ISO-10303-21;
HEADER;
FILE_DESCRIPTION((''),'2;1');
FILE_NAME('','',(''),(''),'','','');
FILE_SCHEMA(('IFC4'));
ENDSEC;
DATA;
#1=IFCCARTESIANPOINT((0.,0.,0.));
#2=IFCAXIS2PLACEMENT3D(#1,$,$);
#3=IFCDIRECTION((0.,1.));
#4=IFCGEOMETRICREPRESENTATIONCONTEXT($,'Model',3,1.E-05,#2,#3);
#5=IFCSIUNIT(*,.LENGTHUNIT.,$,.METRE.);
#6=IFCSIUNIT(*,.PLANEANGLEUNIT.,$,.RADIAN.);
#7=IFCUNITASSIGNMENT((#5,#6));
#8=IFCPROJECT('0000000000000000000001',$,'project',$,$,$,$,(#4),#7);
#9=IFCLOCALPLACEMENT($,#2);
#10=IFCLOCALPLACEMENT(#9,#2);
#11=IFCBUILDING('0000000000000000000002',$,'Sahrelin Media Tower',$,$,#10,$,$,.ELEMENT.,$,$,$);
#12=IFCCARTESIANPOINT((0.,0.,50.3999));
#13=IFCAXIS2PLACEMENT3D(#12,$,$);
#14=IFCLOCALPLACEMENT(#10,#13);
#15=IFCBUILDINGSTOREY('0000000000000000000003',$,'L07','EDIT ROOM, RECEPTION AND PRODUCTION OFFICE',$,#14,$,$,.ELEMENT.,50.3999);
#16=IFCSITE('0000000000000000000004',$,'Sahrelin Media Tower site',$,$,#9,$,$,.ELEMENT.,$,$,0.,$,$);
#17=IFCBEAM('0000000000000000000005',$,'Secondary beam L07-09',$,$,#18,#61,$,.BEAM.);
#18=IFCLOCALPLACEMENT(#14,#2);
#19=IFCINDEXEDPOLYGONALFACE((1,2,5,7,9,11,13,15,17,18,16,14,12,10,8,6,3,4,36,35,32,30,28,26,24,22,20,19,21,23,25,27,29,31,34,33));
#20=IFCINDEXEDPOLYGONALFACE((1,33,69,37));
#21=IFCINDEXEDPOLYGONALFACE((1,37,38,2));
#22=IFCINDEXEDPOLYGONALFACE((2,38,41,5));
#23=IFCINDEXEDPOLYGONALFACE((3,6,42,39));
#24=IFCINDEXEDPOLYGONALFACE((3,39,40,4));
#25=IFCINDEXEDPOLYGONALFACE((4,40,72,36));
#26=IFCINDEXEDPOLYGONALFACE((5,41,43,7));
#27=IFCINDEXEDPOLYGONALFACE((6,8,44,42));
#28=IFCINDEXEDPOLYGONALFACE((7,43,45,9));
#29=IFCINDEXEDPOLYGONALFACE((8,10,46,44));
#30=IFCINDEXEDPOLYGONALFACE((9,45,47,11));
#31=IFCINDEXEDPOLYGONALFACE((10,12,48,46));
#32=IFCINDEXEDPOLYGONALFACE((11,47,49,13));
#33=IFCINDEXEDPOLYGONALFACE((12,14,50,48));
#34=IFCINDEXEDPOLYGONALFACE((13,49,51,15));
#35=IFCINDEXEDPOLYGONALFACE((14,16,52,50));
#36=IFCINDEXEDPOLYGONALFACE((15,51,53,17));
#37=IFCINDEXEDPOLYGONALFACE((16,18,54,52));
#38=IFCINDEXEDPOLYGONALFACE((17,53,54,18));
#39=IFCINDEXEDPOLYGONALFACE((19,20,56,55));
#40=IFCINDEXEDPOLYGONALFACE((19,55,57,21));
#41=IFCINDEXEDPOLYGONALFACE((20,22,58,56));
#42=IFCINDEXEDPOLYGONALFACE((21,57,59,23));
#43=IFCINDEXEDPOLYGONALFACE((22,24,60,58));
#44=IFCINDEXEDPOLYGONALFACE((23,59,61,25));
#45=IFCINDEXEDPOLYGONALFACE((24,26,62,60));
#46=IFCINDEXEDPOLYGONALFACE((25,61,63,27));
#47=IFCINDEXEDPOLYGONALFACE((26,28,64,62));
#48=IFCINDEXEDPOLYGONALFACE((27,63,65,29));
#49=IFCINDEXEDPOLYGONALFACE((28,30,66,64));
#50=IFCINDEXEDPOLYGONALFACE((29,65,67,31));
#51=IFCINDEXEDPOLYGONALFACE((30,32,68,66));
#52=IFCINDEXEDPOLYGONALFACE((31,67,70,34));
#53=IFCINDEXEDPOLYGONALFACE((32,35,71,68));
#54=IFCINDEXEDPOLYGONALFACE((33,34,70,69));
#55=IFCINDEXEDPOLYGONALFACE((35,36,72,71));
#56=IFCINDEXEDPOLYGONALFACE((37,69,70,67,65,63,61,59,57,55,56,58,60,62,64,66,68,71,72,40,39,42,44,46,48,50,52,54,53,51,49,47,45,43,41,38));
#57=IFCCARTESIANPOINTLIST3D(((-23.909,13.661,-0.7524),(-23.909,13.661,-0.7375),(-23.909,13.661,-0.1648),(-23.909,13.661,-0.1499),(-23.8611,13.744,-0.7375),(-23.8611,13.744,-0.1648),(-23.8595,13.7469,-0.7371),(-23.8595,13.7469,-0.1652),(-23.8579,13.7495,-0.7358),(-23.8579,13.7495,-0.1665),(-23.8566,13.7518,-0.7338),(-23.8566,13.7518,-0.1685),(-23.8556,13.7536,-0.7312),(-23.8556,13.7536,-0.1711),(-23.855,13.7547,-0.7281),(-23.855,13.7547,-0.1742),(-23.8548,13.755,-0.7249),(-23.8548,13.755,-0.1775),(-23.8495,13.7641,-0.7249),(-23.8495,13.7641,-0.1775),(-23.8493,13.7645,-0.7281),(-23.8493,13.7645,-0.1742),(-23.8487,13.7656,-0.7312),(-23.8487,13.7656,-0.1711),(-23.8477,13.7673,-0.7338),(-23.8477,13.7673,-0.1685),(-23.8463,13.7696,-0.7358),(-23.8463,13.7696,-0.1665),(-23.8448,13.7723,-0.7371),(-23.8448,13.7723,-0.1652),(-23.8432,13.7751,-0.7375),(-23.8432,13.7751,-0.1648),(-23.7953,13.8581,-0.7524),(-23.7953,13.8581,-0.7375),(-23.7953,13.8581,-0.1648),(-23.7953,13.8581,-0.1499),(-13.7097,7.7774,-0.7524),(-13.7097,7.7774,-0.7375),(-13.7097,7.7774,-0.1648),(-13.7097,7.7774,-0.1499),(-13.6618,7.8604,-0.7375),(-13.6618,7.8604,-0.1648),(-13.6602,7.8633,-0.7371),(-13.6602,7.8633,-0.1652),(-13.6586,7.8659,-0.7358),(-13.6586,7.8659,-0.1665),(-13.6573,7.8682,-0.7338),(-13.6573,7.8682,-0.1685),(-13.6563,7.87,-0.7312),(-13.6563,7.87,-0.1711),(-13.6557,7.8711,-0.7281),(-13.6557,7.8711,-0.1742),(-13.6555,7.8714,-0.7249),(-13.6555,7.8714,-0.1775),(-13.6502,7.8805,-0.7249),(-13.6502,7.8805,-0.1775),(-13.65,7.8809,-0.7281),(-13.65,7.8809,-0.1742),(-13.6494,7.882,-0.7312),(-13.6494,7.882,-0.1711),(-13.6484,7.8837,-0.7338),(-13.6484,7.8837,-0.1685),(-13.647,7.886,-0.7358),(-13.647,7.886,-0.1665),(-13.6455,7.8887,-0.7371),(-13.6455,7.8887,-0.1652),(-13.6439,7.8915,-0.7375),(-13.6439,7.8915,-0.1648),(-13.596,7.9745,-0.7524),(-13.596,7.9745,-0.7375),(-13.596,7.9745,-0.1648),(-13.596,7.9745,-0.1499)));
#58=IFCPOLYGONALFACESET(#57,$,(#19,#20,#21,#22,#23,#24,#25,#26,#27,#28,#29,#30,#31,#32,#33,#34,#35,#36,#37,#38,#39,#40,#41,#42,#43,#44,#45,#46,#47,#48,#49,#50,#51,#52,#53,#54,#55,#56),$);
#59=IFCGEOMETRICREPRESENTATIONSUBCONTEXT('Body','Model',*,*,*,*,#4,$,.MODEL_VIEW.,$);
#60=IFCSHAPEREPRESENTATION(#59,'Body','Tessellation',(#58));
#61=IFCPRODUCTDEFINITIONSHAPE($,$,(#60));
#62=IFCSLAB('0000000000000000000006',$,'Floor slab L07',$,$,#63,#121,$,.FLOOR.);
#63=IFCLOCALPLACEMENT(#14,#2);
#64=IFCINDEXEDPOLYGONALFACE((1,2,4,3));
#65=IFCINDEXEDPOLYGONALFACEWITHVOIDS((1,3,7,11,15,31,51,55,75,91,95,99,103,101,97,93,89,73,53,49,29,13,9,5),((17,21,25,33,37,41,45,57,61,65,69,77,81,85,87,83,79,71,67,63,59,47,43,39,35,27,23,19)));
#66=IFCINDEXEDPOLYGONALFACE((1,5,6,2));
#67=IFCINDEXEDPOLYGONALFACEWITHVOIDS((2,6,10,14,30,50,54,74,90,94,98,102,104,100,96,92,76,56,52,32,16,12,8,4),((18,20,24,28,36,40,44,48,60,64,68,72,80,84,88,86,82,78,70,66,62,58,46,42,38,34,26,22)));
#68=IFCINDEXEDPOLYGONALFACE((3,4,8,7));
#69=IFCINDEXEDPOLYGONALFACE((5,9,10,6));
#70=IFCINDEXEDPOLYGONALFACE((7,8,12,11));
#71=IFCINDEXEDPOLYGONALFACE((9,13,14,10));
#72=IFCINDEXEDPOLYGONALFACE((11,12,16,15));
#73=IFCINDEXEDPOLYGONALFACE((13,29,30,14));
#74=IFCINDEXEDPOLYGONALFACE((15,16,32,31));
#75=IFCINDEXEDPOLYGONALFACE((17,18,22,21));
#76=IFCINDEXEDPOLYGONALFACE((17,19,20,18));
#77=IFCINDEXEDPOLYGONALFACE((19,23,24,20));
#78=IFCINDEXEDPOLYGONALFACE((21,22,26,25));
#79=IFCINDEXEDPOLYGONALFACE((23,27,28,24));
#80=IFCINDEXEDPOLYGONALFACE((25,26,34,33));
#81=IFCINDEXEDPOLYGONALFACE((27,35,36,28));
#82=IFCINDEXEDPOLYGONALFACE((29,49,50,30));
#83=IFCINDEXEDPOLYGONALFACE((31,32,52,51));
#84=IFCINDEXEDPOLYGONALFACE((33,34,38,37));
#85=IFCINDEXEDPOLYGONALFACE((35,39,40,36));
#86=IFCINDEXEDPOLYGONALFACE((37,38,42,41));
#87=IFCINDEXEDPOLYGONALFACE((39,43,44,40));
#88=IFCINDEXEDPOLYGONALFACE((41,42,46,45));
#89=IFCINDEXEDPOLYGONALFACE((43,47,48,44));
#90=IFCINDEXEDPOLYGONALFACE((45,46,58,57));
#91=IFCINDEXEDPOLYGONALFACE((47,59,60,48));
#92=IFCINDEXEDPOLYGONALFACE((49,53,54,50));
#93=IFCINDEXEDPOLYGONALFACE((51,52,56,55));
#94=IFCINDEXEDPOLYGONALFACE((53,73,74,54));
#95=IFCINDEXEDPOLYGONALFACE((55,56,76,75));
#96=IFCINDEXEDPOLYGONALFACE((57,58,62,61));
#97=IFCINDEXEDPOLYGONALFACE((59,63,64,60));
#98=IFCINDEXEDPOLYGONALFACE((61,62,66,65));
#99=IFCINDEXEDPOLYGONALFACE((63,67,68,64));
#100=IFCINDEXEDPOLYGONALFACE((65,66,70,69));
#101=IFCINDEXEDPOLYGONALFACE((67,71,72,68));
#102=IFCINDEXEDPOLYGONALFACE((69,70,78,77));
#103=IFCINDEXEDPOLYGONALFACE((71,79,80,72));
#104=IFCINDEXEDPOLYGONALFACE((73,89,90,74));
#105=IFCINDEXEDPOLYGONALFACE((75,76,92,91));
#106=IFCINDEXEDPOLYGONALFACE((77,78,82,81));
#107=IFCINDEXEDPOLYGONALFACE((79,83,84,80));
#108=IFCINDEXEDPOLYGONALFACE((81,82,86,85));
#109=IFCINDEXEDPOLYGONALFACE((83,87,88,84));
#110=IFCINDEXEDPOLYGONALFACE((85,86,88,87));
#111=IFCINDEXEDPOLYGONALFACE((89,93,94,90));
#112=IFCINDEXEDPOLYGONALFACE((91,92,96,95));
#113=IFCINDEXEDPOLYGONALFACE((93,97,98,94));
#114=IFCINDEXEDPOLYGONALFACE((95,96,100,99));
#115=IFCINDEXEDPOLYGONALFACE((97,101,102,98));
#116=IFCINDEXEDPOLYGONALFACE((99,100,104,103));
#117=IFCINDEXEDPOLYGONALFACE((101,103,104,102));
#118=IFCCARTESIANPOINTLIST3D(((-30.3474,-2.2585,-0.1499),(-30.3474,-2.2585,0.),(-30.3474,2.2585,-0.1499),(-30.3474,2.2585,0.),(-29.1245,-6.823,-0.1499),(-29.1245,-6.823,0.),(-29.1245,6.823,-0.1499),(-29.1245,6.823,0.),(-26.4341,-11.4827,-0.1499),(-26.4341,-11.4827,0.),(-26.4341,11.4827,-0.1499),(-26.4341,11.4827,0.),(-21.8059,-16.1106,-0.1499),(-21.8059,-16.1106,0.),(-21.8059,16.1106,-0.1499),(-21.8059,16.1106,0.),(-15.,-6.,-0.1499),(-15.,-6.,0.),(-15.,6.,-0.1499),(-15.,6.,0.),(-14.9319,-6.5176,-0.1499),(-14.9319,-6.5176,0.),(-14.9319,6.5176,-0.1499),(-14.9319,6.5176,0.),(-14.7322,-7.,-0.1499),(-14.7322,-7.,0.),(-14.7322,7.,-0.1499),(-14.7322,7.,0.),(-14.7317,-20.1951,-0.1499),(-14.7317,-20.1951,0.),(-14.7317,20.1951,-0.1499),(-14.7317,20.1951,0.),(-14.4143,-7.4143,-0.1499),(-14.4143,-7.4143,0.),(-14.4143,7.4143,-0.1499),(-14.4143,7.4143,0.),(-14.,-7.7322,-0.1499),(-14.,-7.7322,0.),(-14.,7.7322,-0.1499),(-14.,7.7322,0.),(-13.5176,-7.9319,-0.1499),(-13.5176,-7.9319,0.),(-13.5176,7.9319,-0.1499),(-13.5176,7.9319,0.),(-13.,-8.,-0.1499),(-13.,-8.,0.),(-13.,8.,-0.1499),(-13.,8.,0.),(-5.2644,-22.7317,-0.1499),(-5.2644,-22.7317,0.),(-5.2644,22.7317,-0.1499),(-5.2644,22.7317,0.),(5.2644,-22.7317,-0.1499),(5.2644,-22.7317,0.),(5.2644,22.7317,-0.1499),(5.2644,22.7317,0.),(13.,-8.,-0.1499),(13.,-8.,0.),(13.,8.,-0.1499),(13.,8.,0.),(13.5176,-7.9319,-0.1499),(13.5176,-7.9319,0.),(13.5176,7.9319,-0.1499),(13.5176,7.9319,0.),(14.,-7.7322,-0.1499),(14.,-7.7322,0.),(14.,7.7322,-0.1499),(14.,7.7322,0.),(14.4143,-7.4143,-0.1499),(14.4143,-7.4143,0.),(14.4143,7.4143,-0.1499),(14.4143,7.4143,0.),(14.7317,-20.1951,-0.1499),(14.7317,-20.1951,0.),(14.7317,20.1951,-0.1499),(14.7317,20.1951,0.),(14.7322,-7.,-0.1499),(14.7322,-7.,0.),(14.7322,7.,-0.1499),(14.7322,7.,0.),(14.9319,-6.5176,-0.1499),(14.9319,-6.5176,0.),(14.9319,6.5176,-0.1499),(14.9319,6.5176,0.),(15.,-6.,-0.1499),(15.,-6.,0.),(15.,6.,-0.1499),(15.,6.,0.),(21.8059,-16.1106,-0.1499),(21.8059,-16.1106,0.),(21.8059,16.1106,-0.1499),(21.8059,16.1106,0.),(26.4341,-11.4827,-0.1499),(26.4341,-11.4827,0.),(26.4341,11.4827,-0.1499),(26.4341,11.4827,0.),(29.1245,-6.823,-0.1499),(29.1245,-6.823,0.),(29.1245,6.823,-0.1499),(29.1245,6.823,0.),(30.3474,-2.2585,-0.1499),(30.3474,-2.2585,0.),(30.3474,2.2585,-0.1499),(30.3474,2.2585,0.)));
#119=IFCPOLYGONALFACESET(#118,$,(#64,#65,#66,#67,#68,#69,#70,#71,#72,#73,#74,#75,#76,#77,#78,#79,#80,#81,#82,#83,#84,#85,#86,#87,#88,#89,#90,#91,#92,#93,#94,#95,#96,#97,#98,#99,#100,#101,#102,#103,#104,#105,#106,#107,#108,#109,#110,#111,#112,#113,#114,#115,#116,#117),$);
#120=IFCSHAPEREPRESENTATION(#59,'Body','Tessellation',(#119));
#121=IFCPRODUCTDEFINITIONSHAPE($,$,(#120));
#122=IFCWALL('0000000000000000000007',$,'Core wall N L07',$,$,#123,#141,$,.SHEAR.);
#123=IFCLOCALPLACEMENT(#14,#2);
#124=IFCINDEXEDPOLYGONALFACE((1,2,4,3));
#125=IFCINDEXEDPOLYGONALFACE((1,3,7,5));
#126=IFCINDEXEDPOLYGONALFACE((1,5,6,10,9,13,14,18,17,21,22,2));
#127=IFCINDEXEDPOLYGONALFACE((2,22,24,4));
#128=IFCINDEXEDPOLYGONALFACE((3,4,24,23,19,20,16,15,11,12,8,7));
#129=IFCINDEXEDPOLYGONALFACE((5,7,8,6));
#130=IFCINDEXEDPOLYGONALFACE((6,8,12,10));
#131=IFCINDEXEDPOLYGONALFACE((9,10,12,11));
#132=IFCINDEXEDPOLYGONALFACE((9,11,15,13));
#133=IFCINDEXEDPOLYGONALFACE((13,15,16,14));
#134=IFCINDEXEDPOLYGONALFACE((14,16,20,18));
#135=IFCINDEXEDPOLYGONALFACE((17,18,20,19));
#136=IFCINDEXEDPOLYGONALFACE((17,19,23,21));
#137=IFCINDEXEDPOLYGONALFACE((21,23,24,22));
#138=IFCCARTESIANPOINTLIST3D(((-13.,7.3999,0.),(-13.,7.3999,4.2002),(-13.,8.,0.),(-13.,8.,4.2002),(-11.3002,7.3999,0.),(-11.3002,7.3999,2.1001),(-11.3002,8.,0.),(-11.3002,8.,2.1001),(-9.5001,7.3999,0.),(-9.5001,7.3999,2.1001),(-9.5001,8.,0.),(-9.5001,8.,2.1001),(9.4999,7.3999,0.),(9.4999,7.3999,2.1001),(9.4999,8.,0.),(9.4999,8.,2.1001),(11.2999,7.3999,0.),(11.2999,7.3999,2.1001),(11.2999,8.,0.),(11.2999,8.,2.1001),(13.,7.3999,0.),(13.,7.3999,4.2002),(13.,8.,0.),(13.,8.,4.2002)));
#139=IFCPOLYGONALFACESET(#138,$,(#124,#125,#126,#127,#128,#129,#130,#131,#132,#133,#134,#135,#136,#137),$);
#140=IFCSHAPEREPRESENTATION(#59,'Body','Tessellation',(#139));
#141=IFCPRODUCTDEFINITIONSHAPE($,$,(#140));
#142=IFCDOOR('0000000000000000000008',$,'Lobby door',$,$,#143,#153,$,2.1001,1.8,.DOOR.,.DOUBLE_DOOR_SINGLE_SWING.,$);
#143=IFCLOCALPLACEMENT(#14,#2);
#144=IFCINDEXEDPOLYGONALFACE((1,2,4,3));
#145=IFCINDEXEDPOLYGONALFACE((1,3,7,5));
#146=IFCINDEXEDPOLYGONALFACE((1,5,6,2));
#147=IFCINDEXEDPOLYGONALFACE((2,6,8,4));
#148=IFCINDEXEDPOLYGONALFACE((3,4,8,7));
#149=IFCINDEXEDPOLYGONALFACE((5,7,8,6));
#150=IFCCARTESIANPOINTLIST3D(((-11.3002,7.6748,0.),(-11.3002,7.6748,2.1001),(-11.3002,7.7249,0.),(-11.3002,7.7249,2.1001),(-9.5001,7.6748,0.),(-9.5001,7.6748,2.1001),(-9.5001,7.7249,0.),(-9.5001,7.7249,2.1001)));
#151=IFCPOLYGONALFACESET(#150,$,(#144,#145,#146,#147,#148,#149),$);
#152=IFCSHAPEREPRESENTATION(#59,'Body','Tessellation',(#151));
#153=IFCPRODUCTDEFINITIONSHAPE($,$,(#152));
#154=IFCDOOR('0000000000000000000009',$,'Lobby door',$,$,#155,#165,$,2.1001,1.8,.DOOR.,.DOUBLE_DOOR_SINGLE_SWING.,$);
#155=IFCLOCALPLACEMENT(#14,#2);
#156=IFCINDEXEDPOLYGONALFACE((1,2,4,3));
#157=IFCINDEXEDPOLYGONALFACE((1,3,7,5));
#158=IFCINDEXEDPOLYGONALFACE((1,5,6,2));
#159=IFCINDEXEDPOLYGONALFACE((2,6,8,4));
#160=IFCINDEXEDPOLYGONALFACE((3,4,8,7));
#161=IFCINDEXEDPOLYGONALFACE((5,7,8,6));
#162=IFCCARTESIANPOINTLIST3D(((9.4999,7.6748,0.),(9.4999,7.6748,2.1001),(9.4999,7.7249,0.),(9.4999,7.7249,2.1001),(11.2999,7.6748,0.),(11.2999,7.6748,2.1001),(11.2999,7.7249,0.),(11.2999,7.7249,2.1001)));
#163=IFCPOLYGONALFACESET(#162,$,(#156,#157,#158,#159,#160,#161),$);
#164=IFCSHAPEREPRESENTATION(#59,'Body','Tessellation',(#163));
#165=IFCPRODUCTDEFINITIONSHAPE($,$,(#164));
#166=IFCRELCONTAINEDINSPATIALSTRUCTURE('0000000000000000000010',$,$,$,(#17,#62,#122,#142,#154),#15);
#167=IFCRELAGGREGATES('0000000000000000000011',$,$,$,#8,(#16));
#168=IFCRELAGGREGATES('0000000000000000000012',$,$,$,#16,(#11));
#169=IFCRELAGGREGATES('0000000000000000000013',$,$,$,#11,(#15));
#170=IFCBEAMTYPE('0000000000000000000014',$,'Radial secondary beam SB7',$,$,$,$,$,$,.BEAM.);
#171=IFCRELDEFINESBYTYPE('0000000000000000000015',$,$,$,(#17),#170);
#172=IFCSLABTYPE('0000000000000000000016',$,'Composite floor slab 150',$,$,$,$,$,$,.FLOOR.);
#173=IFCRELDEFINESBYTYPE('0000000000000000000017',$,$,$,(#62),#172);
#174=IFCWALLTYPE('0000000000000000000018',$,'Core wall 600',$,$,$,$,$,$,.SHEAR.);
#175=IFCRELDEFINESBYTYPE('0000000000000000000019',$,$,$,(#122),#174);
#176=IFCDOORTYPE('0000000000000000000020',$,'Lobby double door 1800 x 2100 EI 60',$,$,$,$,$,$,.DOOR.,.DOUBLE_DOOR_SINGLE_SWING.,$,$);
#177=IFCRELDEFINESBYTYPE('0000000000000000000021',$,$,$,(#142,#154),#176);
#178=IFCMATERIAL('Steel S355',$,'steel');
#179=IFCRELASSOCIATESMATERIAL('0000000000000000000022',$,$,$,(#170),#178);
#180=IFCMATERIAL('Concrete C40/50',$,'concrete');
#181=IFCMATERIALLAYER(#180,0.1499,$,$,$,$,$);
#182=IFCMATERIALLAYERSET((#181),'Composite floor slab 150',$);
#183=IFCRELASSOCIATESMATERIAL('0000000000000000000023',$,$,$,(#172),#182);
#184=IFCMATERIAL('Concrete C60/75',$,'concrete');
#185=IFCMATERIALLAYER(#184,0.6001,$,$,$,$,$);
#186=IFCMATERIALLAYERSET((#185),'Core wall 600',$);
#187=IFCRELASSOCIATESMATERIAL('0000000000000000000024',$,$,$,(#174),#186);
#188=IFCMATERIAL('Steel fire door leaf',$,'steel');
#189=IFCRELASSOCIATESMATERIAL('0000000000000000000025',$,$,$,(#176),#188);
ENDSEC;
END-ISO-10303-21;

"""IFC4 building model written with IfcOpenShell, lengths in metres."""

from ifc_helpers import new_model, si_unit, direction, frame, frame_2d, origin, origin_2d, place, context, subcontext, project, spatial, polyline, rectangle, i_section, outline, extrude, material, layer, layer_set, material_profile, profile_set, type_object, element, fill, save


model = new_model("IFC4")

# Units and contexts
model_context = context("Model", 3, precision=1e-05, world=origin(), true_north=direction((0.0, 1.0)))
body_context = subcontext(model_context, "Body", "Model", "MODEL_VIEW")
ifc_project = project(units=[si_unit("LENGTHUNIT", "METRE"), si_unit("PLANEANGLEUNIT", "RADIAN")], contexts=[model_context])

# Site, building, storey
site_placement = place(None, origin())
site = spatial("IfcSite", under=ifc_project, at=site_placement, Name="Sahrelin Media Tower site", CompositionType="ELEMENT", RefElevation=0.0)
building_placement = place(site_placement, origin())
building = spatial("IfcBuilding", under=site, at=building_placement, Name="Sahrelin Media Tower", CompositionType="ELEMENT")
storey_placement = place(building_placement, frame((0.0, 0.0, 50.3999)))
storey = spatial("IfcBuildingStorey", under=building, at=storey_placement, Name="L07", Description="EDIT ROOM, RECEPTION AND PRODUCTION OFFICE", CompositionType="ELEMENT", Elevation=50.3999)

# Beam
ifc_material_1 = material(Name="Steel S355", Category="steel")
ifc_material_profile = material_profile(ifc_material_1, i_section(OverallWidth=0.2275, OverallDepth=0.6025, WebThickness=0.0105, FlangeThickness=0.0149, FilletRadius=0.0127, at=origin_2d()), Name="UB 610x229x101")
ifc_profile_set = profile_set([ifc_material_profile], Name="Steel S355")
beam_type = type_object("IfcBeamType", Name="Radial secondary beam SB7", PredefinedType="BEAM", material=ifc_profile_set)
beam_placement = place(storey_placement, frame((-13.6528, 7.876, -0.4512), z_axis=(-0.866208, 0.499683, 0.0), x_axis=(-0.499683, -0.866208, 0.0)))
element("IfcBeam", 1, at=beam_placement, inside=storey, type_object=beam_type, Name="Secondary beam L07-09", PredefinedType="BEAM", context=body_context, shape_type="SweptSolid", body=[
    extrude(i_section(OverallWidth=0.2275, OverallDepth=0.6025, WebThickness=0.0105, FlangeThickness=0.0149, FilletRadius=0.0127, at=origin_2d()), origin(), (0.0, 0.0, 1.0), 11.7747),
])

# Slab
ifc_material_2 = material(Name="Concrete C40/50", Category="concrete")
ifc_layer_1 = layer(ifc_material_2, 0.1499)
ifc_layer_set_1 = layer_set([ifc_layer_1], Name="Composite floor slab 150")
slab_type = type_object("IfcSlabType", Name="Composite floor slab 150", PredefinedType="FLOOR", material=ifc_layer_set_1)
slab_placement = place(storey_placement, frame((0.0, 0.0, -0.1499)))
element("IfcSlab", 2, at=slab_placement, inside=storey, type_object=slab_type, Name="Floor slab L07", PredefinedType="FLOOR", context=body_context, shape_type="SweptSolid", body=[
    extrude(outline(polyline([(30.3474, -2.2585), (30.3474, 2.2585), (29.1245, 6.823), (26.4341, 11.4827), (21.8059, 16.1106), (14.7317, 20.1951), (5.2644, 22.7317), (-5.2644, 22.7317), (-14.7317, 20.1951), (-21.8059, 16.1106), (-26.4341, 11.4827), (-29.1245, 6.823), (-30.3474, 2.2585), (-30.3474, -2.2585), (-29.1245, -6.823), (-26.4341, -11.4827), (-21.8059, -16.1106), (-14.7317, -20.1951), (-5.2644, -22.7317), (5.2644, -22.7317), (14.7317, -20.1951), (21.8059, -16.1106), (26.4341, -11.4827), (29.1245, -6.823), (30.3474, -2.2585)]), holes=[polyline([(14.9319, 6.5176), (15.0, 6.0), (15.0, -6.0), (14.9319, -6.5176), (14.7322, -7.0), (14.4143, -7.4143), (14.0, -7.7322), (13.5176, -7.9319), (13.0, -8.0), (-13.0, -8.0), (-13.5176, -7.9319), (-14.0, -7.7322), (-14.4143, -7.4143), (-14.7322, -7.0), (-14.9319, -6.5176), (-15.0, -6.0), (-15.0, 6.0), (-14.9319, 6.5176), (-14.7322, 7.0), (-14.4143, 7.4143), (-14.0, 7.7322), (-13.5176, 7.9319), (-13.0, 8.0), (13.0, 8.0), (13.5176, 7.9319), (14.0, 7.7322), (14.4143, 7.4143), (14.7322, 7.0), (14.9319, 6.5176)])]), origin(), (0.0, 0.0, 1.0), 0.1499),
])

# Wall, openings, doors
ifc_material_3 = material(Name="Concrete C60/75", Category="concrete")
ifc_layer_2 = layer(ifc_material_3, 0.6001)
ifc_layer_set_2 = layer_set([ifc_layer_2], Name="Core wall 600")
wall_type_1 = type_object("IfcWallType", Name="Core wall 600", PredefinedType="SHEAR", material=ifc_layer_set_2)
wall_1_placement = place(storey_placement, frame((-13.0, 7.7, 0.0), z_axis=(0.0, 0.0, 1.0), x_axis=(1.0, 0.0, 0.0)))
wall_1 = element("IfcWall", 3, at=wall_1_placement, inside=storey, type_object=wall_type_1, Name="Core wall N L07", PredefinedType="SHEAR", context=body_context, shape_type="SweptSolid", body=[
    extrude(rectangle(XDim=26.0, YDim=0.6001, at=frame_2d((13.0, 0.0))), origin(), (0.0, 0.0, 1.0), 4.2002),
])
opening_1_placement = place(wall_1_placement, frame((1.7, 0.0, 0.0)))
opening_1 = element("IfcOpeningElement", 4, at=opening_1_placement, cuts=wall_1, PredefinedType="OPENING", context=body_context, shape_type="SweptSolid", body=[
    extrude(rectangle(XDim=1.8, YDim=2.1001, at=frame_2d((0.8999, 1.05))), frame((0.0, 0.3, 0.0), z_axis=(0.0, -1.0, 0.0), x_axis=(1.0, 0.0, 0.0)), (0.0, 0.0, 1.0), 0.6001),
])
opening_2_placement = place(wall_1_placement, frame((22.5, 0.0, 0.0)))
opening_2 = element("IfcOpeningElement", 5, at=opening_2_placement, cuts=wall_1, PredefinedType="OPENING", context=body_context, shape_type="SweptSolid", body=[
    extrude(rectangle(XDim=1.8, YDim=2.1001, at=frame_2d((0.8999, 1.05))), frame((0.0, 0.3, 0.0), z_axis=(0.0, -1.0, 0.0), x_axis=(1.0, 0.0, 0.0)), (0.0, 0.0, 1.0), 0.6001),
])
ifc_material_4 = material(Name="Steel fire door leaf", Category="steel")
door_type_1 = type_object("IfcDoorType", Name="Lobby double door 1800 x 2100 EI 60", OperationType="DOUBLE_DOOR_SINGLE_SWING", PredefinedType="DOOR", material=ifc_material_4)
door_1_placement = place(opening_1_placement, origin())
door_1 = element("IfcDoor", 6, at=door_1_placement, inside=storey, type_object=door_type_1, Name="Lobby door", OperationType="DOUBLE_DOOR_SINGLE_SWING", OverallHeight=2.1001, OverallWidth=1.8, PredefinedType="DOOR", context=body_context, shape_type="SweptSolid", body=[
    extrude(rectangle(XDim=1.8, YDim=2.1001, at=frame_2d((0.8999, 1.05))), frame((0.0, 0.0249, 0.0), z_axis=(0.0, -1.0, 0.0), x_axis=(1.0, 0.0, 0.0)), (0.0, 0.0, 1.0), 0.05),
])
fill(opening_1, door_1)
door_2_placement = place(opening_2_placement, origin())
door_2 = element("IfcDoor", 7, at=door_2_placement, inside=storey, type_object=door_type_1, Name="Lobby door", OperationType="DOUBLE_DOOR_SINGLE_SWING", OverallHeight=2.1001, OverallWidth=1.8, PredefinedType="DOOR", context=body_context, shape_type="SweptSolid", body=[
    extrude(rectangle(XDim=1.8, YDim=2.1001, at=frame_2d((0.8999, 1.05))), frame((0.0, 0.0249, 0.0), z_axis=(0.0, -1.0, 0.0), x_axis=(1.0, 0.0, 0.0)), (0.0, 0.0, 1.0), 0.05),
])
fill(opening_2, door_2)

save(model, "model.ifc")
